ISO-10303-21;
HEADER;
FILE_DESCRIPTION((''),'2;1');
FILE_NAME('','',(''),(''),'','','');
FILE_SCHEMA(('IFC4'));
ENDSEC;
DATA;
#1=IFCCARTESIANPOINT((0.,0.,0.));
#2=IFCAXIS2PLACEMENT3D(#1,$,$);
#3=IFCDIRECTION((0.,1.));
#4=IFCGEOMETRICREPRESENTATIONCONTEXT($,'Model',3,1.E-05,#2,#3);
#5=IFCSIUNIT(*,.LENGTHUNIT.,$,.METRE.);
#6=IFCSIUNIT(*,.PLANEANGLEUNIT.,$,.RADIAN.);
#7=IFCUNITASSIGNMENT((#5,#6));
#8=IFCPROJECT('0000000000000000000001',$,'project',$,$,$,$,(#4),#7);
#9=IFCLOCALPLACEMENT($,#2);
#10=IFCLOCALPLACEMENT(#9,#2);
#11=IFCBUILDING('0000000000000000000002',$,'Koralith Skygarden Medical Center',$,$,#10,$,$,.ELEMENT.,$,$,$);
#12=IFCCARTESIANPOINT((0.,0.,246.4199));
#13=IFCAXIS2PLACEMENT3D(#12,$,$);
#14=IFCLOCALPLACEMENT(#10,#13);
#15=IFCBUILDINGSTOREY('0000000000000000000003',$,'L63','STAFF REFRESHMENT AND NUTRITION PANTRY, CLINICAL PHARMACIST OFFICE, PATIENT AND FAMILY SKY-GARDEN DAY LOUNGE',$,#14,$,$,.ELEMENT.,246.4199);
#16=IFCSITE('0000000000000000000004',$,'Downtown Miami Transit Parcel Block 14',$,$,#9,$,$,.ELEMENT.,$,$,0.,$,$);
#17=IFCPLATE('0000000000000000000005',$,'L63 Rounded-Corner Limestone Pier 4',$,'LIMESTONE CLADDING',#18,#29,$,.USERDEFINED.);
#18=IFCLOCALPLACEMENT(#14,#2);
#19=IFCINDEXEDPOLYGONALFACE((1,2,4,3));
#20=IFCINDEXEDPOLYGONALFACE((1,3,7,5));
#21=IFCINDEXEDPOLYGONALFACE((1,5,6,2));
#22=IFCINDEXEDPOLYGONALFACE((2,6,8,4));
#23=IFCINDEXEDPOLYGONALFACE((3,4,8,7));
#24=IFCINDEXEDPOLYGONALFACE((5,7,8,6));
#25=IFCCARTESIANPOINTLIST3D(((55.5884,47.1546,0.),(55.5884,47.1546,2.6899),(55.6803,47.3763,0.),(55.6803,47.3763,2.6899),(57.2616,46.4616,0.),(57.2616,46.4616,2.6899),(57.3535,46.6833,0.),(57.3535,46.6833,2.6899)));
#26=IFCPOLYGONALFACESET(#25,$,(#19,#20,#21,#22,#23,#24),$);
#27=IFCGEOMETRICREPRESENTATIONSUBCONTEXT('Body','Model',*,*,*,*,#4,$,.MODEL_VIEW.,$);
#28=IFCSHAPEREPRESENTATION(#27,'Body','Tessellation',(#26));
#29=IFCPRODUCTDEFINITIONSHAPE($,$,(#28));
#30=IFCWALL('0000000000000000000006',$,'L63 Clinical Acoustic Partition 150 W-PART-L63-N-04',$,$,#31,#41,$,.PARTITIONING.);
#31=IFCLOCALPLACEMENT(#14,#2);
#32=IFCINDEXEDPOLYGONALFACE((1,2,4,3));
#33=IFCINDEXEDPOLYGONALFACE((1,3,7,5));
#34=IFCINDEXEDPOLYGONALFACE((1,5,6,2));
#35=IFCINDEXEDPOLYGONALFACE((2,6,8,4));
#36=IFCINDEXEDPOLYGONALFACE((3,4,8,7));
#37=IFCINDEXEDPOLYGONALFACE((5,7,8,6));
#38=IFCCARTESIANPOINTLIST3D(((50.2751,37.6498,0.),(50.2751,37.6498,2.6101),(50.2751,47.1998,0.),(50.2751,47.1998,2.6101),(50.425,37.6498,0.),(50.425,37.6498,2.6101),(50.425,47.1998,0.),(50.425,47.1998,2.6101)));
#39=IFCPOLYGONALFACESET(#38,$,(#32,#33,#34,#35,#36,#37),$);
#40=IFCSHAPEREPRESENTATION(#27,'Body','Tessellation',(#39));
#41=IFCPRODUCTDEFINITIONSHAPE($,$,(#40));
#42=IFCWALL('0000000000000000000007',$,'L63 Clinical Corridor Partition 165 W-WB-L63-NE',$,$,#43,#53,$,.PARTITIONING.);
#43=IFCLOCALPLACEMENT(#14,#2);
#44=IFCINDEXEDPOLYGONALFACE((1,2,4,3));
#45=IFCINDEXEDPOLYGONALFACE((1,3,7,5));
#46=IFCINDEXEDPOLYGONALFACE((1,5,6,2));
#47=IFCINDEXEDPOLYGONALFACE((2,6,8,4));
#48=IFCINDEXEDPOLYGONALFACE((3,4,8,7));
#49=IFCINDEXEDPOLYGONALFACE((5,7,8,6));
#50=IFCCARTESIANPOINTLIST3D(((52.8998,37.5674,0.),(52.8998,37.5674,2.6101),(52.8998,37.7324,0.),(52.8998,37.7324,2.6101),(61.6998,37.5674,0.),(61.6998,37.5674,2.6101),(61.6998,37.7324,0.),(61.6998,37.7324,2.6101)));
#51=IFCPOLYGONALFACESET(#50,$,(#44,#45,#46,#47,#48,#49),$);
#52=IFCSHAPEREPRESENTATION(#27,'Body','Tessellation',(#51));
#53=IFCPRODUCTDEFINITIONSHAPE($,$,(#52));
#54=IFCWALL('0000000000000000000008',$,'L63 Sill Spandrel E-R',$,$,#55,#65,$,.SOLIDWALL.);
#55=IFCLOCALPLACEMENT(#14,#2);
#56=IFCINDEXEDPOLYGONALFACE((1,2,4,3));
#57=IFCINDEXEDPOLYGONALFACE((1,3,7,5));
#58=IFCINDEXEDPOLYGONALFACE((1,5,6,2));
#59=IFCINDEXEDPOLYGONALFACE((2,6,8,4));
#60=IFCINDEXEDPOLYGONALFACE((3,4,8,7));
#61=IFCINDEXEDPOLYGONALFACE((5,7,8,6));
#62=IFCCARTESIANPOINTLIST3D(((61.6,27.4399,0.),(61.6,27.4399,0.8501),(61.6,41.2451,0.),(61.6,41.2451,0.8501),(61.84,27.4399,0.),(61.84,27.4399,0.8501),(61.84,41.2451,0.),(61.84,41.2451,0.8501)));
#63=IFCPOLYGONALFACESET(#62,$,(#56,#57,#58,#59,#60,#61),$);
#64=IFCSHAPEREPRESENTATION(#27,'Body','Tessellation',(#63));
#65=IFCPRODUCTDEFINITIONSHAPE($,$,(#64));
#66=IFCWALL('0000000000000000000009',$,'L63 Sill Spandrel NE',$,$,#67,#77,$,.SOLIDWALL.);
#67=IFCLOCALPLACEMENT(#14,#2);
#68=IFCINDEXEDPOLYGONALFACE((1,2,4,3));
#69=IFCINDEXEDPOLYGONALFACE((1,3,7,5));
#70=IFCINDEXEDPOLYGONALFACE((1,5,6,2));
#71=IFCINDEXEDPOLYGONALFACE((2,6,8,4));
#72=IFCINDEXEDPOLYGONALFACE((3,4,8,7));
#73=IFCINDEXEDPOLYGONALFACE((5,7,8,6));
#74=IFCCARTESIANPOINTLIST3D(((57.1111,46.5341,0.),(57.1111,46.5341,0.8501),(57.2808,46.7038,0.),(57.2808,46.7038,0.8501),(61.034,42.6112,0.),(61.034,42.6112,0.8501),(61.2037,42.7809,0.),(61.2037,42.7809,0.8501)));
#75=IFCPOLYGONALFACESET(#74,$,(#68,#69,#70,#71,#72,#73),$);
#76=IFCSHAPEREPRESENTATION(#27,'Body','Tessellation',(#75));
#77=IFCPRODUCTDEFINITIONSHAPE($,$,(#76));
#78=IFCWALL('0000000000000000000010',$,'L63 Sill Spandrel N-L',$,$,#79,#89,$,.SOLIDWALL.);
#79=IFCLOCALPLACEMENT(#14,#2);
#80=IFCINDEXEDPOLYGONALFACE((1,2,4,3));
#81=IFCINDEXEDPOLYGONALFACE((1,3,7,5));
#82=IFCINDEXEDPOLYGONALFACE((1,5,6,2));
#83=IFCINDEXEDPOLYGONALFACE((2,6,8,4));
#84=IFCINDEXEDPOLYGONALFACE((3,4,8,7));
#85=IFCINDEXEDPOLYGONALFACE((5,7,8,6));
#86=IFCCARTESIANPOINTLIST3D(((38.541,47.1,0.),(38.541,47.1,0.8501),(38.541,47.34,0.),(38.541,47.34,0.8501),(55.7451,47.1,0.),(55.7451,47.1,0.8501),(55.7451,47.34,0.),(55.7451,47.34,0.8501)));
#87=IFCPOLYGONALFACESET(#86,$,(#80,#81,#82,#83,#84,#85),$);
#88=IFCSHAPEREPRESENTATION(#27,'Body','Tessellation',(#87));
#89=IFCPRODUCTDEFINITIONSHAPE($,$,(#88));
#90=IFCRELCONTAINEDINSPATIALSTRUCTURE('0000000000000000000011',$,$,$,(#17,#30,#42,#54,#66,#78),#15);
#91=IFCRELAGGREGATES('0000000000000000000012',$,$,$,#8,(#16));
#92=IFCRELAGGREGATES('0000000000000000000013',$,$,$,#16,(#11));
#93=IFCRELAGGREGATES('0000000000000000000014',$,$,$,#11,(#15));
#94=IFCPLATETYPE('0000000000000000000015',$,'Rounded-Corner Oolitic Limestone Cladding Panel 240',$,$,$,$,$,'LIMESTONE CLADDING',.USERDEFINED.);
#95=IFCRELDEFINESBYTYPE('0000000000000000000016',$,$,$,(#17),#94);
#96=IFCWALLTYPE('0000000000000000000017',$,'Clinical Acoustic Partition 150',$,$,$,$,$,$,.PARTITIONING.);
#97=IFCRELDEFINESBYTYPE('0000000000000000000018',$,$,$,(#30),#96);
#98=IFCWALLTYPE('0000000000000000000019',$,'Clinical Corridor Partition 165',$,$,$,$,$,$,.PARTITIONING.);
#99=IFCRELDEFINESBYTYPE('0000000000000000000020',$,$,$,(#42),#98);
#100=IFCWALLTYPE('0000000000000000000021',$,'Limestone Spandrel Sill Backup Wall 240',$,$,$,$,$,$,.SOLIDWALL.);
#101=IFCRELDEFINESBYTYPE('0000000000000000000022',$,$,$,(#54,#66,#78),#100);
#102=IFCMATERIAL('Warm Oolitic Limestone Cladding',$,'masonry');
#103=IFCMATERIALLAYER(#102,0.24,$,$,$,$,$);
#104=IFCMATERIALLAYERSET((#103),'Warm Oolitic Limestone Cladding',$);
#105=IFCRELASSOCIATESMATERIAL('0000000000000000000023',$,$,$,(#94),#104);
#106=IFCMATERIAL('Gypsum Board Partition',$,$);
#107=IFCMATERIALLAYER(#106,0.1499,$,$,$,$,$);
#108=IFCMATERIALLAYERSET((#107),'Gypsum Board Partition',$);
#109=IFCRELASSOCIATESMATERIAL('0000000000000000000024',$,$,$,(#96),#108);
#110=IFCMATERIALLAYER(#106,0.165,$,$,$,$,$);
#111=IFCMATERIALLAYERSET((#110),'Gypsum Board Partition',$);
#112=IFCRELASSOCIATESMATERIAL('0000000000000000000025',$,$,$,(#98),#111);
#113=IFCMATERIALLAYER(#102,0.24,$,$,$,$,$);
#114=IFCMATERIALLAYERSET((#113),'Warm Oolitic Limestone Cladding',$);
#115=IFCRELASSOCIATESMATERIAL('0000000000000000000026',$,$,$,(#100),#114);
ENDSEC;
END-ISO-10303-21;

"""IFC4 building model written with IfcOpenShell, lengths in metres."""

from ifc_helpers import new_model, si_unit, direction, frame, frame_2d, origin, origin_2d, place, context, subcontext, project, spatial, rectangle, extrude, material, layer, layer_set, type_object, element, save


model = new_model("IFC4")

# Units and contexts
model_context = context("Model", 3, precision=1e-05, world=origin(), true_north=direction((0.0, 1.0)))
body_context = subcontext(model_context, "Body", "Model", "MODEL_VIEW")
ifc_project = project(units=[si_unit("LENGTHUNIT", "METRE"), si_unit("PLANEANGLEUNIT", "RADIAN")], contexts=[model_context])

# Site, building, storey
site_placement = place(None, origin())
site = spatial("IfcSite", under=ifc_project, at=site_placement, Name="Downtown Miami Transit Parcel Block 14", CompositionType="ELEMENT", RefElevation=0.0)
building_placement = place(site_placement, origin())
building = spatial("IfcBuilding", under=site, at=building_placement, Name="Koralith Skygarden Medical Center", CompositionType="ELEMENT")
storey_placement = place(building_placement, frame((0.0, 0.0, 246.4199)))
storey = spatial("IfcBuildingStorey", under=building, at=storey_placement, Name="L63", Description="STAFF REFRESHMENT AND NUTRITION PANTRY, CLINICAL PHARMACIST OFFICE, PATIENT AND FAMILY SKY-GARDEN DAY LOUNGE", CompositionType="ELEMENT", Elevation=246.4199)

# Plate
ifc_material_1 = material(Name="Warm Oolitic Limestone Cladding", Category="masonry")
ifc_layer_1 = layer(ifc_material_1, 0.24)
ifc_layer_set_1 = layer_set([ifc_layer_1], Name="Warm Oolitic Limestone Cladding")
plate_type_1 = type_object("IfcPlateType", Name="Rounded-Corner Oolitic Limestone Cladding Panel 240", ElementType="LIMESTONE CLADDING", PredefinedType="USERDEFINED", material=ifc_layer_set_1)
for number, where, z_axis, x_axis, name in (
    (1, (56.4709, 46.9189, 0.0), (0.0, 0.0, 1.0), (-0.923885, 0.382671, 0.0), "L63 Rounded-Corner Limestone Pier 4"),
):
    element("IfcPlate", number, at=place(storey_placement, frame(where, z_axis=z_axis, x_axis=x_axis)), inside=storey, type_object=plate_type_1, Name=name, ObjectType="LIMESTONE CLADDING", PredefinedType="USERDEFINED", context=body_context, shape_type="SweptSolid", body=[
        extrude(rectangle(XDim=1.811, YDim=0.24, at=origin_2d()), origin(), (0.0, 0.0, 1.0), 2.6899),
    ])

# Walls
ifc_material_2 = material(Name="Gypsum Board Partition")
ifc_layer_2 = layer(ifc_material_2, 0.1499)
ifc_layer_set_2 = layer_set([ifc_layer_2], Name="Gypsum Board Partition")
wall_type_1 = type_object("IfcWallType", Name="Clinical Acoustic Partition 150", PredefinedType="PARTITIONING", material=ifc_layer_set_2)
wall_1_placement = place(storey_placement, frame((50.3501, 37.6499, 0.0), z_axis=(0.0, 0.0, 1.0), x_axis=(0.0, 1.0, 0.0)))
element("IfcWall", 2, at=wall_1_placement, inside=storey, type_object=wall_type_1, Name="L63 Clinical Acoustic Partition 150 W-PART-L63-N-04", PredefinedType="PARTITIONING", context=body_context, shape_type="SweptSolid", body=[
    extrude(rectangle(XDim=9.55, YDim=0.1499, at=frame_2d((4.7749, 0.0))), origin(), (0.0, 0.0, 1.0), 2.6101),
])
ifc_layer_3 = layer(ifc_material_2, 0.165)
ifc_layer_set_3 = layer_set([ifc_layer_3], Name="Gypsum Board Partition")
wall_type_2 = type_object("IfcWallType", Name="Clinical Corridor Partition 165", PredefinedType="PARTITIONING", material=ifc_layer_set_3)
wall_2_placement = place(storey_placement, frame((52.8999, 37.6499, 0.0), z_axis=(0.0, 0.0, 1.0), x_axis=(1.0, 0.0, 0.0)))
element("IfcWall", 3, at=wall_2_placement, inside=storey, type_object=wall_type_2, Name="L63 Clinical Corridor Partition 165 W-WB-L63-NE", PredefinedType="PARTITIONING", context=body_context, shape_type="SweptSolid", body=[
    extrude(rectangle(XDim=8.8, YDim=0.165, at=frame_2d((4.3999, 0.0))), origin(), (0.0, 0.0, 1.0), 2.6101),
])

# Walls
ifc_layer_4 = layer(ifc_material_1, 0.24)
ifc_layer_set_4 = layer_set([ifc_layer_4], Name="Warm Oolitic Limestone Cladding")
wall_type_3 = type_object("IfcWallType", Name="Limestone Spandrel Sill Backup Wall 240", PredefinedType="SOLIDWALL", material=ifc_layer_set_4)
wall_3_placement = place(storey_placement, frame((61.72, 27.4399, 0.0), z_axis=(0.0, 0.0, 1.0), x_axis=(0.0, 1.0, 0.0)))
element("IfcWall", 4, at=wall_3_placement, inside=storey, type_object=wall_type_3, Name="L63 Sill Spandrel E-R", PredefinedType="SOLIDWALL", context=body_context, shape_type="SweptSolid", body=[
    extrude(rectangle(XDim=13.8052, YDim=0.24, at=frame_2d((6.9026, 0.0))), origin(), (0.0, 0.0, 1.0), 0.8501),
])
wall_4_placement = place(storey_placement, frame((61.1189, 42.696, 0.0), z_axis=(0.0, 0.0, 1.0), x_axis=(-0.707107, 0.707107, 0.0)))
element("IfcWall", 5, at=wall_4_placement, inside=storey, type_object=wall_type_3, Name="L63 Sill Spandrel NE", PredefinedType="SOLIDWALL", context=body_context, shape_type="SweptSolid", body=[
    extrude(rectangle(XDim=5.5479, YDim=0.24, at=frame_2d((2.7739, 0.0))), origin(), (0.0, 0.0, 1.0), 0.8501),
])
wall_5_placement = place(storey_placement, frame((55.7451, 47.22, 0.0), z_axis=(0.0, 0.0, 1.0), x_axis=(-1.0, 0.0, 0.0)))
element("IfcWall", 6, at=wall_5_placement, inside=storey, type_object=wall_type_3, Name="L63 Sill Spandrel N-L", PredefinedType="SOLIDWALL", context=body_context, shape_type="SweptSolid", body=[
    extrude(rectangle(XDim=17.2041, YDim=0.24, at=frame_2d((8.6021, 0.0))), origin(), (0.0, 0.0, 1.0), 0.8501),
])

save(model, "model.ifc")
